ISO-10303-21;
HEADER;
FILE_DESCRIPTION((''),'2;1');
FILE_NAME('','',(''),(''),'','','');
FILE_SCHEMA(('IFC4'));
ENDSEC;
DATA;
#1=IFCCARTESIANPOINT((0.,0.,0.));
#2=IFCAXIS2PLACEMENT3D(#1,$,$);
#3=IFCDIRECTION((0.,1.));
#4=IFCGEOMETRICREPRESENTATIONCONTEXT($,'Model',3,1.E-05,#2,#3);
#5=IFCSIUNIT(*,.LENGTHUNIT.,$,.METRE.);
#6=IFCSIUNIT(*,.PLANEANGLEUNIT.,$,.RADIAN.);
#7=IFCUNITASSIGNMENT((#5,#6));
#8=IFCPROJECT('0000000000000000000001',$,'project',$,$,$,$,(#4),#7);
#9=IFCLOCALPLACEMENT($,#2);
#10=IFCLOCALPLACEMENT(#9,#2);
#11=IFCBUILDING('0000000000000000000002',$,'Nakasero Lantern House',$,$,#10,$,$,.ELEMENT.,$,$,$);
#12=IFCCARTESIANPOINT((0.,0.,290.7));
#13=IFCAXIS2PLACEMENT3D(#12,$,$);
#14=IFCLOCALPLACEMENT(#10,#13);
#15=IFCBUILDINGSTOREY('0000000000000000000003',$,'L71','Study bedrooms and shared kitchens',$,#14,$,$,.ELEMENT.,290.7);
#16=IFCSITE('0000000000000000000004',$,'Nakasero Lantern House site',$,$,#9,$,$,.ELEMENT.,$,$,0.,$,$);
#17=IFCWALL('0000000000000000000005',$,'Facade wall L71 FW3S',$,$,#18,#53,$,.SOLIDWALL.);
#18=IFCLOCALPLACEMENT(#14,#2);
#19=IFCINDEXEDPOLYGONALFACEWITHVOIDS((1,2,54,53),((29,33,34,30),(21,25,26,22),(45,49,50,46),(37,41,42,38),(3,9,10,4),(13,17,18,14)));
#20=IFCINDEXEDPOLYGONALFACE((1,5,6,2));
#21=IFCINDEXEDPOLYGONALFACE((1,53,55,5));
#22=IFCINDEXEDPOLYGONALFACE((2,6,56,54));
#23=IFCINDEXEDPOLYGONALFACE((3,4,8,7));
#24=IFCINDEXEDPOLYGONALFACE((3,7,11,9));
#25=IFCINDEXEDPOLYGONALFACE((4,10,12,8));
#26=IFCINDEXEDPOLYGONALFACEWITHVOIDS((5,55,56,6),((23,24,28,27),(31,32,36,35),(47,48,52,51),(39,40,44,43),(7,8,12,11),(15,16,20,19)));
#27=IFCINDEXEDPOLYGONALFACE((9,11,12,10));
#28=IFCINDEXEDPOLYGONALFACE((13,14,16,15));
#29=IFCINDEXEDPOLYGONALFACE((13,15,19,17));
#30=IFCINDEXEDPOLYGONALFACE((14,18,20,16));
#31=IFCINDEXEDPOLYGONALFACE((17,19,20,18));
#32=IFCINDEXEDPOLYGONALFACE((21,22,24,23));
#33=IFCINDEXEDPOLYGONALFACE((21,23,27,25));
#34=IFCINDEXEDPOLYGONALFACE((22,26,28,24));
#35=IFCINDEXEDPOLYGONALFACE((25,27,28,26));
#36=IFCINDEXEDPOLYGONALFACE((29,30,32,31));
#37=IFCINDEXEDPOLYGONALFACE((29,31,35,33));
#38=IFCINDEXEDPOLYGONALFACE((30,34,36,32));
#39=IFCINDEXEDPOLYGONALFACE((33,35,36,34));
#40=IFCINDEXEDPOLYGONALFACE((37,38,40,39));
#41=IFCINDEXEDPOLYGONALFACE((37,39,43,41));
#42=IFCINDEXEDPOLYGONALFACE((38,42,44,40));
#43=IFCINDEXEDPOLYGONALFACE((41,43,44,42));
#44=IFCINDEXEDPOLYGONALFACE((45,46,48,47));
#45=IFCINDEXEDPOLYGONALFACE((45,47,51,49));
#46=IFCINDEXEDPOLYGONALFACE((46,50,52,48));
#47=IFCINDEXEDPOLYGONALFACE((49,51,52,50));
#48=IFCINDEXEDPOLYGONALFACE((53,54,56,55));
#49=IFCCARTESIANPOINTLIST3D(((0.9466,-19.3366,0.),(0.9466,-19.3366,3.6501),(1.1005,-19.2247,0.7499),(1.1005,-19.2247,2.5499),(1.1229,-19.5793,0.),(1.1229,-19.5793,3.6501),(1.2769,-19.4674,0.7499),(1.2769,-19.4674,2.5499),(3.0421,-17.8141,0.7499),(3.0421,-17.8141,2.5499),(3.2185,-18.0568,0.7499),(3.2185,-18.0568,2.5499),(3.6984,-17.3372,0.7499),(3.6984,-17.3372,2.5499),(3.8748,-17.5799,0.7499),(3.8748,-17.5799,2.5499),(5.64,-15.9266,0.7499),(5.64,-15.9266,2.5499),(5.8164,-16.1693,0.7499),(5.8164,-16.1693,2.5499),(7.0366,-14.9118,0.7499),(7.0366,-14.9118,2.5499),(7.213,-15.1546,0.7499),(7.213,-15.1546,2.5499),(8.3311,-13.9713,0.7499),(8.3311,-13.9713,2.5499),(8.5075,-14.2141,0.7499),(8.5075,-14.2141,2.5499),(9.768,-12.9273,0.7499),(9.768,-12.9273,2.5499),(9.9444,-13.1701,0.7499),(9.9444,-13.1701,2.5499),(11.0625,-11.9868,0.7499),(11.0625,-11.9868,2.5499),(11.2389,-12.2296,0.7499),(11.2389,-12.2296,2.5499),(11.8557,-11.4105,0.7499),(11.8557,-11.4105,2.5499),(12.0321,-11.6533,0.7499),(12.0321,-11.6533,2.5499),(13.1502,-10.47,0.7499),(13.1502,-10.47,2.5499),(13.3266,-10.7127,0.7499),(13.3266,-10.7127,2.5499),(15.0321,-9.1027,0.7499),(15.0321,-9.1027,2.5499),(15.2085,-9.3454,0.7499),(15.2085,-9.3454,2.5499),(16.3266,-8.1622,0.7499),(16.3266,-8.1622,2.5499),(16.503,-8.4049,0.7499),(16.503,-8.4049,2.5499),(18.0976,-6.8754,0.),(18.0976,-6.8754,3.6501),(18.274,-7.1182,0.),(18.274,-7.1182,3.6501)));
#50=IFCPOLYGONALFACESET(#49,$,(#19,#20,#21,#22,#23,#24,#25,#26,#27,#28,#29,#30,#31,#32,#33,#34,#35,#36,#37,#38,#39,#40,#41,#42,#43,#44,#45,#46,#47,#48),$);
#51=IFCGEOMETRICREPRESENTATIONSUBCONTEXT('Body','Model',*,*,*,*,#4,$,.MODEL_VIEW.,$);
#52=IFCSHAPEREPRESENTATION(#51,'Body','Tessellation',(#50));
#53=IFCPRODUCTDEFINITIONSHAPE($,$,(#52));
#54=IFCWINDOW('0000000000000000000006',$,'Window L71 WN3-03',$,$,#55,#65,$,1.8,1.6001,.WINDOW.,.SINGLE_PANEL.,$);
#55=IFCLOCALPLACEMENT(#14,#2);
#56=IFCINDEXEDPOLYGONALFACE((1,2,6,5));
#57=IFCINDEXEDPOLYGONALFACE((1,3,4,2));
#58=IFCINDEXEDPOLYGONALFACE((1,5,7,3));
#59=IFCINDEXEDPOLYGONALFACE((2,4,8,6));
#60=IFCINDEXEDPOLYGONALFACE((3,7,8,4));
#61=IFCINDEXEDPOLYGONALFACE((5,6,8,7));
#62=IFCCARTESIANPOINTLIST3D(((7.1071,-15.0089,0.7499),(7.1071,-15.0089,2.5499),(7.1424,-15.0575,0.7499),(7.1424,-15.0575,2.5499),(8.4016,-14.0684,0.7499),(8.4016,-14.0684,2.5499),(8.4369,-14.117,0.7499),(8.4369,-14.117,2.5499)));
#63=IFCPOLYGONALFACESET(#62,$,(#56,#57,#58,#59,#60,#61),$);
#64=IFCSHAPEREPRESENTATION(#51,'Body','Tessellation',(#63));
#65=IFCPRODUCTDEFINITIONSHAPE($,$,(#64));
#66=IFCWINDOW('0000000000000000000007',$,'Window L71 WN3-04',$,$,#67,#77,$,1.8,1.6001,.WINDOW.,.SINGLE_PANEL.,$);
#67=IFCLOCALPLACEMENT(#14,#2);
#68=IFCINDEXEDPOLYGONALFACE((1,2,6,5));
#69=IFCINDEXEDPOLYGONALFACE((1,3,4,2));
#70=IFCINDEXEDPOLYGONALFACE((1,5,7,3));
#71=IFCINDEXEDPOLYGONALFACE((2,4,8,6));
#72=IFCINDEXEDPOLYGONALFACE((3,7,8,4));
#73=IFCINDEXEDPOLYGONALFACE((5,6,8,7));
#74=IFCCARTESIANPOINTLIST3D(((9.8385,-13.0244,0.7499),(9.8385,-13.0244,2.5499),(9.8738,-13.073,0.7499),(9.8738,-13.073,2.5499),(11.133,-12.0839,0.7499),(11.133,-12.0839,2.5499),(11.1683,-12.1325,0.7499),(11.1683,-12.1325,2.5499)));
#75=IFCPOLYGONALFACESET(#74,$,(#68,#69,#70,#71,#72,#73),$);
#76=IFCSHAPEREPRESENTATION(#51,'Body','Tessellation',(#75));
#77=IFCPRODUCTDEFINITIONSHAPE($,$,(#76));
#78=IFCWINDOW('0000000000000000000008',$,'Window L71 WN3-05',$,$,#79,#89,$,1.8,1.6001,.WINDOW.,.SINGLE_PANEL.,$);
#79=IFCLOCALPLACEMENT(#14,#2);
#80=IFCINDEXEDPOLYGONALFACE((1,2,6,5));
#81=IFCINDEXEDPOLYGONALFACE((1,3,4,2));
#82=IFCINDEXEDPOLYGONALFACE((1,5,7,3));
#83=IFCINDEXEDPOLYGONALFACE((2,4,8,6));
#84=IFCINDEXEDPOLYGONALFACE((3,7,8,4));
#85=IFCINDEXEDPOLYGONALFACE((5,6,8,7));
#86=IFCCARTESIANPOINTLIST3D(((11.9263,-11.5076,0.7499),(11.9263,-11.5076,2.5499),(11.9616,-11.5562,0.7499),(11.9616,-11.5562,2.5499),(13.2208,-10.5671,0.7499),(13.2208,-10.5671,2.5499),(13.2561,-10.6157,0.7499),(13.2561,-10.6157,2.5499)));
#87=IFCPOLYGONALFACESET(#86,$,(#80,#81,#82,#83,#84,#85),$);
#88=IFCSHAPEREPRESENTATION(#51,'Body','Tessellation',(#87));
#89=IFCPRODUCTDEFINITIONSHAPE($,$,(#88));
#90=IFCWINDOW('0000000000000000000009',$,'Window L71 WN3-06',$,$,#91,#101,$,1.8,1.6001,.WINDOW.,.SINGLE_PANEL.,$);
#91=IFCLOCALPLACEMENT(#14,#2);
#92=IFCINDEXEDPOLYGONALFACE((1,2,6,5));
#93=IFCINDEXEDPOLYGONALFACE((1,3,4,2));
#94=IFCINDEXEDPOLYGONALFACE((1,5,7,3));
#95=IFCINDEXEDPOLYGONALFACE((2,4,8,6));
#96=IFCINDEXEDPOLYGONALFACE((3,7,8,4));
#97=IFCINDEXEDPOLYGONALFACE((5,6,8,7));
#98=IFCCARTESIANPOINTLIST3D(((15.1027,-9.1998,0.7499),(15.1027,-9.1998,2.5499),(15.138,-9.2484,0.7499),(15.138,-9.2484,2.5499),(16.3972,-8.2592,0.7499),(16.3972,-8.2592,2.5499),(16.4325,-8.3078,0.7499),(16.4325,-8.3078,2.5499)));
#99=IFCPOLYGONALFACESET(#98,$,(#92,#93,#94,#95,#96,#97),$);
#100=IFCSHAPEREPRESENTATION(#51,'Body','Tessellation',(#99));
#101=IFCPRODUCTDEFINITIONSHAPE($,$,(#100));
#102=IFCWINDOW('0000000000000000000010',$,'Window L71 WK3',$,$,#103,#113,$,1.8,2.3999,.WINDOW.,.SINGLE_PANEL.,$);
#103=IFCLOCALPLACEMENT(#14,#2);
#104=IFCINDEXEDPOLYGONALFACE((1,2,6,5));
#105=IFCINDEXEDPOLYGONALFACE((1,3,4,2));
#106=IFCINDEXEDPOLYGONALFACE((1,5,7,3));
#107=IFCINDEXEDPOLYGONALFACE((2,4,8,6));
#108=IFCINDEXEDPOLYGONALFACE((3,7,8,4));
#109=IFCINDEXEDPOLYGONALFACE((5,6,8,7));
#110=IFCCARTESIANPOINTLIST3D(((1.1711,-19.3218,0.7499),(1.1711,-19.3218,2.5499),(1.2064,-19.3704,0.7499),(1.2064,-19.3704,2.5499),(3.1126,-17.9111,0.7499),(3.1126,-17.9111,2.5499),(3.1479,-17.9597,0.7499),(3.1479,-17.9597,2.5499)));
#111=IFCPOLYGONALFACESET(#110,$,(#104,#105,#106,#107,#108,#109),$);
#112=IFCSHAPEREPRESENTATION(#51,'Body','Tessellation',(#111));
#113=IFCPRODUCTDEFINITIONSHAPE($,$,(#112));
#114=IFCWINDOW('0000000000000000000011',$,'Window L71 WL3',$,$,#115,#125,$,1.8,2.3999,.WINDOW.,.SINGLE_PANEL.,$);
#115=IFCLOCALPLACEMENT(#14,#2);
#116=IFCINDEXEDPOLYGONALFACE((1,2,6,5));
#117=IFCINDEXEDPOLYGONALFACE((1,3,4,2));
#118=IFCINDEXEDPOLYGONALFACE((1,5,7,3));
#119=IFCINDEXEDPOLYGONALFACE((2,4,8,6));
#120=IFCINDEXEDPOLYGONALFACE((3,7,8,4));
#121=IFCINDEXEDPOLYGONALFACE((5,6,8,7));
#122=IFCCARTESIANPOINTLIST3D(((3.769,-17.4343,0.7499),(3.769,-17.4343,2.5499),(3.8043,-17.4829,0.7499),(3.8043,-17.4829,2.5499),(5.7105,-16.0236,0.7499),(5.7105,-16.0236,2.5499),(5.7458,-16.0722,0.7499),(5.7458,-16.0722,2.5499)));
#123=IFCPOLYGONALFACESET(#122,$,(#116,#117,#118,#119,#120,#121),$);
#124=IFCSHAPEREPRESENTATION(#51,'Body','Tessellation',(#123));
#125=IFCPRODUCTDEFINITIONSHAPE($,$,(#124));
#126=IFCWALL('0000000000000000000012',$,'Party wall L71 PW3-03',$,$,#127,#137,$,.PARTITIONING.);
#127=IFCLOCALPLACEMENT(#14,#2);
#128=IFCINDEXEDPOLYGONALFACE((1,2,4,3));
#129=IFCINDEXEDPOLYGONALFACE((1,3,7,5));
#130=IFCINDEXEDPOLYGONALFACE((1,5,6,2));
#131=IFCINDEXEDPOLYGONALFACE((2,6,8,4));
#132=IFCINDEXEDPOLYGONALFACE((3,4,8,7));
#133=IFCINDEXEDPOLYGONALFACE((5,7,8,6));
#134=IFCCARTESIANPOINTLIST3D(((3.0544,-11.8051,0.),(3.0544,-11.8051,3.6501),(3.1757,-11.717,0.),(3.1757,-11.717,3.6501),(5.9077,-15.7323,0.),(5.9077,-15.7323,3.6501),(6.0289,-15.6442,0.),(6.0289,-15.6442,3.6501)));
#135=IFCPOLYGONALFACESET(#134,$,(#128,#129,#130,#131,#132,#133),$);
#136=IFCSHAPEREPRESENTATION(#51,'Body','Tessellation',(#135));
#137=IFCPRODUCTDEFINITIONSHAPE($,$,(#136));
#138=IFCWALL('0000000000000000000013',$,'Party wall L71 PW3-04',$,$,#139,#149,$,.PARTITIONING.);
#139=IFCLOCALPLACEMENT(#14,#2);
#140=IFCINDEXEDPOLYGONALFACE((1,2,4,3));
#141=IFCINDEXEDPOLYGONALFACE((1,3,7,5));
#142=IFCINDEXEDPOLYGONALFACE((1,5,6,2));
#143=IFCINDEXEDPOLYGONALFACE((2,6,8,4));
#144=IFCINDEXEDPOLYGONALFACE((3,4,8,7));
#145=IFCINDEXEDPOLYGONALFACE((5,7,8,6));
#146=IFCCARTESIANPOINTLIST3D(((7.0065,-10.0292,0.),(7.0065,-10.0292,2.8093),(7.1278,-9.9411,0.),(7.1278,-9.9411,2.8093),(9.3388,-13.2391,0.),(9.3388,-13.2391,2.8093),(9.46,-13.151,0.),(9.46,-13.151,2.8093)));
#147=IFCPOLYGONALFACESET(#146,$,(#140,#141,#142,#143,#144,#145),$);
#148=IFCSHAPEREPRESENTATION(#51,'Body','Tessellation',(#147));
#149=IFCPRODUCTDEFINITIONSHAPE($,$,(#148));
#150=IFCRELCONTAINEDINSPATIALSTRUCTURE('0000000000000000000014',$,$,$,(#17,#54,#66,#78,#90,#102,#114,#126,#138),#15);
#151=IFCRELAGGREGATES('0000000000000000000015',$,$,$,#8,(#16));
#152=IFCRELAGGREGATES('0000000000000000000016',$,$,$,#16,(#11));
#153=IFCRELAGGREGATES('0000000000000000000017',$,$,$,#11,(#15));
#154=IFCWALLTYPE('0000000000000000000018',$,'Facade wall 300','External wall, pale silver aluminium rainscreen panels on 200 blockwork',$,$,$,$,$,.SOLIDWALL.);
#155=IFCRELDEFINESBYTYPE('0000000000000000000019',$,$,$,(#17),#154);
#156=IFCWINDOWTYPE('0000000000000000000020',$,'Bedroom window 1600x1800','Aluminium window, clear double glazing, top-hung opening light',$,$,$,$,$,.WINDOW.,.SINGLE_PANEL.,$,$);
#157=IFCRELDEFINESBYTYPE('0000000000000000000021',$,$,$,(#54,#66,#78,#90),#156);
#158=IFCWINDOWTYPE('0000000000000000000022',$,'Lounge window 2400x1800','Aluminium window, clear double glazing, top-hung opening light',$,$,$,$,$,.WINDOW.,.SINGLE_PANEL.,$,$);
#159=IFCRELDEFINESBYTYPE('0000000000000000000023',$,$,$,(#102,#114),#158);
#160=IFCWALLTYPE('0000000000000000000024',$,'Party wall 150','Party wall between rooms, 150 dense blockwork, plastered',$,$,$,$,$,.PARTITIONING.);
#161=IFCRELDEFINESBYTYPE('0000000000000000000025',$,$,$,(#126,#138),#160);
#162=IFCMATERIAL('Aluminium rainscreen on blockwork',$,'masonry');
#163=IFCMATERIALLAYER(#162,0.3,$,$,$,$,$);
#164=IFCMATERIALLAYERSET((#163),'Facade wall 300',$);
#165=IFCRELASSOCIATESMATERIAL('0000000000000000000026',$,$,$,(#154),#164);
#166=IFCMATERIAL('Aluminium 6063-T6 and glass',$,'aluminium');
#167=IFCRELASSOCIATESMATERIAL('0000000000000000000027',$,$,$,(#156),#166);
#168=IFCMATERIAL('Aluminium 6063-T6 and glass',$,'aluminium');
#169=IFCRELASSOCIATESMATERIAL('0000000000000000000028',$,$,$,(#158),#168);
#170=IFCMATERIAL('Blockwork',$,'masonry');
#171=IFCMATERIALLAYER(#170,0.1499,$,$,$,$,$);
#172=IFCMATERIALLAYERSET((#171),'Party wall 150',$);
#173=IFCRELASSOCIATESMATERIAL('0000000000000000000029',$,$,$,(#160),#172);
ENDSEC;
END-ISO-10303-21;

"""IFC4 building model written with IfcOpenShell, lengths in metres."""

from ifc_helpers import new_model, si_unit, direction, frame, frame_2d, origin, place, context, subcontext, project, spatial, rectangle, extrude, material, layer, layer_set, type_object, element, fill, save


model = new_model("IFC4")

# Units and contexts
model_context = context("Model", 3, precision=1e-05, world=origin(), true_north=direction((0.0, 1.0)))
body_context = subcontext(model_context, "Body", "Model", "MODEL_VIEW")
ifc_project = project(units=[si_unit("LENGTHUNIT", "METRE"), si_unit("PLANEANGLEUNIT", "RADIAN")], contexts=[model_context])

# Site, building, storey
site_placement = place(None, origin())
site = spatial("IfcSite", under=ifc_project, at=site_placement, Name="Nakasero Lantern House site", CompositionType="ELEMENT", RefElevation=0.0)
building_placement = place(site_placement, origin())
building = spatial("IfcBuilding", under=site, at=building_placement, Name="Nakasero Lantern House", CompositionType="ELEMENT")
storey_placement = place(building_placement, frame((0.0, 0.0, 290.7)))
storey = spatial("IfcBuildingStorey", under=building, at=storey_placement, Name="L71", Description="Study bedrooms and shared kitchens", CompositionType="ELEMENT", Elevation=290.7)

# Wall, openings, windows
ifc_material_1 = material(Name="Aluminium rainscreen on blockwork", Category="masonry")
ifc_layer_1 = layer(ifc_material_1, 0.3)
ifc_layer_set_1 = layer_set([ifc_layer_1], Name="Facade wall 300")
wall_type_1 = type_object("IfcWallType", Name="Facade wall 300", Description="External wall, pale silver aluminium rainscreen panels on 200 blockwork", PredefinedType="SOLIDWALL", material=ifc_layer_set_1)
wall_1_placement = place(storey_placement, frame((1.0347, -19.458, 0.0), z_axis=(0.0, 0.0, 1.0), x_axis=(0.809013, 0.58779, 0.0)))
wall_1 = element("IfcWall", 1, at=wall_1_placement, inside=storey, type_object=wall_type_1, Name="Facade wall L71 FW3S", PredefinedType="SOLIDWALL", context=body_context, shape_type="SweptSolid", body=[
    extrude(rectangle(XDim=21.2, YDim=0.3, at=frame_2d((10.6001, 0.0))), origin(), (0.0, 0.0, 1.0), 3.6501),
])
opening_1_placement = place(wall_1_placement, frame((7.5278, 0.0, 0.75)))
opening_1 = element("IfcOpeningElement", 2, at=opening_1_placement, cuts=wall_1, PredefinedType="OPENING", context=body_context, shape_type="SweptSolid", body=[
    extrude(rectangle(XDim=1.6001, YDim=1.8, at=frame_2d((0.8, 0.8999))), frame((0.0, 0.1699, 0.0), z_axis=(0.0, -1.0, 0.0), x_axis=(1.0, 0.0, 0.0)), (0.0, 0.0, 1.0), 0.3401),
])
opening_2_placement = place(wall_1_placement, frame((10.9041, 0.0, 0.75)))
opening_2 = element("IfcOpeningElement", 3, at=opening_2_placement, cuts=wall_1, PredefinedType="OPENING", context=body_context, shape_type="SweptSolid", body=[
    extrude(rectangle(XDim=1.6001, YDim=1.8, at=frame_2d((0.8, 0.8999))), frame((0.0, 0.1699, 0.0), z_axis=(0.0, -1.0, 0.0), x_axis=(1.0, 0.0, 0.0)), (0.0, 0.0, 1.0), 0.3401),
])
opening_3_placement = place(wall_1_placement, frame((13.4846, 0.0, 0.75)))
opening_3 = element("IfcOpeningElement", 4, at=opening_3_placement, cuts=wall_1, PredefinedType="OPENING", context=body_context, shape_type="SweptSolid", body=[
    extrude(rectangle(XDim=1.6001, YDim=1.8, at=frame_2d((0.8, 0.8999))), frame((0.0, 0.1699, 0.0), z_axis=(0.0, -1.0, 0.0), x_axis=(1.0, 0.0, 0.0)), (0.0, 0.0, 1.0), 0.3401),
])
opening_4_placement = place(wall_1_placement, frame((17.4109, 0.0, 0.75)))
opening_4 = element("IfcOpeningElement", 5, at=opening_4_placement, cuts=wall_1, PredefinedType="OPENING", context=body_context, shape_type="SweptSolid", body=[
    extrude(rectangle(XDim=1.6001, YDim=1.8, at=frame_2d((0.8, 0.8999))), frame((0.0, 0.1699, 0.0), z_axis=(0.0, -1.0, 0.0), x_axis=(1.0, 0.0, 0.0)), (0.0, 0.0, 1.0), 0.3401),
])
opening_5_placement = place(wall_1_placement, frame((0.1904, 0.0, 0.75)))
opening_5 = element("IfcOpeningElement", 6, at=opening_5_placement, cuts=wall_1, PredefinedType="OPENING", context=body_context, shape_type="SweptSolid", body=[
    extrude(rectangle(XDim=2.3999, YDim=1.8, at=frame_2d((1.2, 0.8999))), frame((0.0, 0.1699, 0.0), z_axis=(0.0, -1.0, 0.0), x_axis=(1.0, 0.0, 0.0)), (0.0, 0.0, 1.0), 0.3401),
])
opening_6_placement = place(wall_1_placement, frame((3.4016, 0.0, 0.75)))
opening_6 = element("IfcOpeningElement", 7, at=opening_6_placement, cuts=wall_1, PredefinedType="OPENING", context=body_context, shape_type="SweptSolid", body=[
    extrude(rectangle(XDim=2.3999, YDim=1.8, at=frame_2d((1.2, 0.8999))), frame((0.0, 0.1699, 0.0), z_axis=(0.0, -1.0, 0.0), x_axis=(1.0, 0.0, 0.0)), (0.0, 0.0, 1.0), 0.3401),
])
ifc_material_2 = material(Name="Aluminium 6063-T6 and glass", Category="aluminium")
window_type_1 = type_object("IfcWindowType", Name="Bedroom window 1600x1800", Description="Aluminium window, clear double glazing, top-hung opening light", PartitioningType="SINGLE_PANEL", PredefinedType="WINDOW", material=ifc_material_2)
window_1_placement = place(opening_1_placement, origin())
window_1 = element("IfcWindow", 8, at=window_1_placement, inside=storey, type_object=window_type_1, Name="Window L71 WN3-03", OverallHeight=1.8, OverallWidth=1.6001, PartitioningType="SINGLE_PANEL", PredefinedType="WINDOW", context=body_context, shape_type="SweptSolid", body=[
    extrude(rectangle(XDim=1.6001, YDim=1.8, at=frame_2d((0.8, 0.8999))), frame((0.0, 0.03, 0.0), z_axis=(0.0, -1.0, 0.0), x_axis=(1.0, 0.0, 0.0)), (0.0, 0.0, 1.0), 0.0601),
])
fill(opening_1, window_1)
window_2_placement = place(opening_2_placement, origin())
window_2 = element("IfcWindow", 9, at=window_2_placement, inside=storey, type_object=window_type_1, Name="Window L71 WN3-04", OverallHeight=1.8, OverallWidth=1.6001, PartitioningType="SINGLE_PANEL", PredefinedType="WINDOW", context=body_context, shape_type="SweptSolid", body=[
    extrude(rectangle(XDim=1.6001, YDim=1.8, at=frame_2d((0.8, 0.8999))), frame((0.0, 0.03, 0.0), z_axis=(0.0, -1.0, 0.0), x_axis=(1.0, 0.0, 0.0)), (0.0, 0.0, 1.0), 0.0601),
])
fill(opening_2, window_2)
window_3_placement = place(opening_3_placement, origin())
window_3 = element("IfcWindow", 10, at=window_3_placement, inside=storey, type_object=window_type_1, Name="Window L71 WN3-05", OverallHeight=1.8, OverallWidth=1.6001, PartitioningType="SINGLE_PANEL", PredefinedType="WINDOW", context=body_context, shape_type="SweptSolid", body=[
    extrude(rectangle(XDim=1.6001, YDim=1.8, at=frame_2d((0.8, 0.8999))), frame((0.0, 0.03, 0.0), z_axis=(0.0, -1.0, 0.0), x_axis=(1.0, 0.0, 0.0)), (0.0, 0.0, 1.0), 0.0601),
])
fill(opening_3, window_3)
window_4_placement = place(opening_4_placement, origin())
window_4 = element("IfcWindow", 11, at=window_4_placement, inside=storey, type_object=window_type_1, Name="Window L71 WN3-06", OverallHeight=1.8, OverallWidth=1.6001, PartitioningType="SINGLE_PANEL", PredefinedType="WINDOW", context=body_context, shape_type="SweptSolid", body=[
    extrude(rectangle(XDim=1.6001, YDim=1.8, at=frame_2d((0.8, 0.8999))), frame((0.0, 0.03, 0.0), z_axis=(0.0, -1.0, 0.0), x_axis=(1.0, 0.0, 0.0)), (0.0, 0.0, 1.0), 0.0601),
])
fill(opening_4, window_4)
ifc_material_3 = material(Name="Aluminium 6063-T6 and glass", Category="aluminium")
window_type_2 = type_object("IfcWindowType", Name="Lounge window 2400x1800", Description="Aluminium window, clear double glazing, top-hung opening light", PartitioningType="SINGLE_PANEL", PredefinedType="WINDOW", material=ifc_material_3)
window_5_placement = place(opening_5_placement, origin())
window_5 = element("IfcWindow", 12, at=window_5_placement, inside=storey, type_object=window_type_2, Name="Window L71 WK3", OverallHeight=1.8, OverallWidth=2.3999, PartitioningType="SINGLE_PANEL", PredefinedType="WINDOW", context=body_context, shape_type="SweptSolid", body=[
    extrude(rectangle(XDim=2.3999, YDim=1.8, at=frame_2d((1.2, 0.8999))), frame((0.0, 0.03, 0.0), z_axis=(0.0, -1.0, 0.0), x_axis=(1.0, 0.0, 0.0)), (0.0, 0.0, 1.0), 0.0601),
])
fill(opening_5, window_5)
window_6_placement = place(opening_6_placement, origin())
window_6 = element("IfcWindow", 13, at=window_6_placement, inside=storey, type_object=window_type_2, Name="Window L71 WL3", OverallHeight=1.8, OverallWidth=2.3999, PartitioningType="SINGLE_PANEL", PredefinedType="WINDOW", context=body_context, shape_type="SweptSolid", body=[
    extrude(rectangle(XDim=2.3999, YDim=1.8, at=frame_2d((1.2, 0.8999))), frame((0.0, 0.03, 0.0), z_axis=(0.0, -1.0, 0.0), x_axis=(1.0, 0.0, 0.0)), (0.0, 0.0, 1.0), 0.0601),
])
fill(opening_6, window_6)

# Walls
ifc_material_4 = material(Name="Blockwork", Category="masonry")
ifc_layer_2 = layer(ifc_material_4, 0.1499)
ifc_layer_set_2 = layer_set([ifc_layer_2], Name="Party wall 150")
wall_type_2 = type_object("IfcWallType", Name="Party wall 150", Description="Party wall between rooms, 150 dense blockwork, plastered", PredefinedType="PARTITIONING", material=ifc_layer_set_2)
wall_2_placement = place(storey_placement, frame((3.115, -11.761, 0.0), z_axis=(0.0, 0.0, 1.0), x_axis=(0.58778, -0.809021, 0.0)))
element("IfcWall", 14, at=wall_2_placement, inside=storey, type_object=wall_type_2, Name="Party wall L71 PW3-03", PredefinedType="PARTITIONING", context=body_context, shape_type="SweptSolid", body=[
    extrude(rectangle(XDim=4.8542, YDim=0.1499, at=frame_2d((2.4272, 0.0))), origin(), (0.0, 0.0, 1.0), 3.6501),
])
wall_3_placement = place(storey_placement, frame((7.0671, -9.9851, 0.0), z_axis=(0.0, 0.0, 1.0), x_axis=(0.587802, -0.809005, 0.0)))
element("IfcWall", 15, at=wall_3_placement, inside=storey, type_object=wall_type_2, Name="Party wall L71 PW3-04", PredefinedType="PARTITIONING", context=body_context, shape_type="SweptSolid", body=[
    extrude(rectangle(XDim=3.9678, YDim=0.1499, at=frame_2d((1.9839, 0.0))), origin(), (0.0, 0.0, 1.0), 2.8093),
])

save(model, "model.ifc")
